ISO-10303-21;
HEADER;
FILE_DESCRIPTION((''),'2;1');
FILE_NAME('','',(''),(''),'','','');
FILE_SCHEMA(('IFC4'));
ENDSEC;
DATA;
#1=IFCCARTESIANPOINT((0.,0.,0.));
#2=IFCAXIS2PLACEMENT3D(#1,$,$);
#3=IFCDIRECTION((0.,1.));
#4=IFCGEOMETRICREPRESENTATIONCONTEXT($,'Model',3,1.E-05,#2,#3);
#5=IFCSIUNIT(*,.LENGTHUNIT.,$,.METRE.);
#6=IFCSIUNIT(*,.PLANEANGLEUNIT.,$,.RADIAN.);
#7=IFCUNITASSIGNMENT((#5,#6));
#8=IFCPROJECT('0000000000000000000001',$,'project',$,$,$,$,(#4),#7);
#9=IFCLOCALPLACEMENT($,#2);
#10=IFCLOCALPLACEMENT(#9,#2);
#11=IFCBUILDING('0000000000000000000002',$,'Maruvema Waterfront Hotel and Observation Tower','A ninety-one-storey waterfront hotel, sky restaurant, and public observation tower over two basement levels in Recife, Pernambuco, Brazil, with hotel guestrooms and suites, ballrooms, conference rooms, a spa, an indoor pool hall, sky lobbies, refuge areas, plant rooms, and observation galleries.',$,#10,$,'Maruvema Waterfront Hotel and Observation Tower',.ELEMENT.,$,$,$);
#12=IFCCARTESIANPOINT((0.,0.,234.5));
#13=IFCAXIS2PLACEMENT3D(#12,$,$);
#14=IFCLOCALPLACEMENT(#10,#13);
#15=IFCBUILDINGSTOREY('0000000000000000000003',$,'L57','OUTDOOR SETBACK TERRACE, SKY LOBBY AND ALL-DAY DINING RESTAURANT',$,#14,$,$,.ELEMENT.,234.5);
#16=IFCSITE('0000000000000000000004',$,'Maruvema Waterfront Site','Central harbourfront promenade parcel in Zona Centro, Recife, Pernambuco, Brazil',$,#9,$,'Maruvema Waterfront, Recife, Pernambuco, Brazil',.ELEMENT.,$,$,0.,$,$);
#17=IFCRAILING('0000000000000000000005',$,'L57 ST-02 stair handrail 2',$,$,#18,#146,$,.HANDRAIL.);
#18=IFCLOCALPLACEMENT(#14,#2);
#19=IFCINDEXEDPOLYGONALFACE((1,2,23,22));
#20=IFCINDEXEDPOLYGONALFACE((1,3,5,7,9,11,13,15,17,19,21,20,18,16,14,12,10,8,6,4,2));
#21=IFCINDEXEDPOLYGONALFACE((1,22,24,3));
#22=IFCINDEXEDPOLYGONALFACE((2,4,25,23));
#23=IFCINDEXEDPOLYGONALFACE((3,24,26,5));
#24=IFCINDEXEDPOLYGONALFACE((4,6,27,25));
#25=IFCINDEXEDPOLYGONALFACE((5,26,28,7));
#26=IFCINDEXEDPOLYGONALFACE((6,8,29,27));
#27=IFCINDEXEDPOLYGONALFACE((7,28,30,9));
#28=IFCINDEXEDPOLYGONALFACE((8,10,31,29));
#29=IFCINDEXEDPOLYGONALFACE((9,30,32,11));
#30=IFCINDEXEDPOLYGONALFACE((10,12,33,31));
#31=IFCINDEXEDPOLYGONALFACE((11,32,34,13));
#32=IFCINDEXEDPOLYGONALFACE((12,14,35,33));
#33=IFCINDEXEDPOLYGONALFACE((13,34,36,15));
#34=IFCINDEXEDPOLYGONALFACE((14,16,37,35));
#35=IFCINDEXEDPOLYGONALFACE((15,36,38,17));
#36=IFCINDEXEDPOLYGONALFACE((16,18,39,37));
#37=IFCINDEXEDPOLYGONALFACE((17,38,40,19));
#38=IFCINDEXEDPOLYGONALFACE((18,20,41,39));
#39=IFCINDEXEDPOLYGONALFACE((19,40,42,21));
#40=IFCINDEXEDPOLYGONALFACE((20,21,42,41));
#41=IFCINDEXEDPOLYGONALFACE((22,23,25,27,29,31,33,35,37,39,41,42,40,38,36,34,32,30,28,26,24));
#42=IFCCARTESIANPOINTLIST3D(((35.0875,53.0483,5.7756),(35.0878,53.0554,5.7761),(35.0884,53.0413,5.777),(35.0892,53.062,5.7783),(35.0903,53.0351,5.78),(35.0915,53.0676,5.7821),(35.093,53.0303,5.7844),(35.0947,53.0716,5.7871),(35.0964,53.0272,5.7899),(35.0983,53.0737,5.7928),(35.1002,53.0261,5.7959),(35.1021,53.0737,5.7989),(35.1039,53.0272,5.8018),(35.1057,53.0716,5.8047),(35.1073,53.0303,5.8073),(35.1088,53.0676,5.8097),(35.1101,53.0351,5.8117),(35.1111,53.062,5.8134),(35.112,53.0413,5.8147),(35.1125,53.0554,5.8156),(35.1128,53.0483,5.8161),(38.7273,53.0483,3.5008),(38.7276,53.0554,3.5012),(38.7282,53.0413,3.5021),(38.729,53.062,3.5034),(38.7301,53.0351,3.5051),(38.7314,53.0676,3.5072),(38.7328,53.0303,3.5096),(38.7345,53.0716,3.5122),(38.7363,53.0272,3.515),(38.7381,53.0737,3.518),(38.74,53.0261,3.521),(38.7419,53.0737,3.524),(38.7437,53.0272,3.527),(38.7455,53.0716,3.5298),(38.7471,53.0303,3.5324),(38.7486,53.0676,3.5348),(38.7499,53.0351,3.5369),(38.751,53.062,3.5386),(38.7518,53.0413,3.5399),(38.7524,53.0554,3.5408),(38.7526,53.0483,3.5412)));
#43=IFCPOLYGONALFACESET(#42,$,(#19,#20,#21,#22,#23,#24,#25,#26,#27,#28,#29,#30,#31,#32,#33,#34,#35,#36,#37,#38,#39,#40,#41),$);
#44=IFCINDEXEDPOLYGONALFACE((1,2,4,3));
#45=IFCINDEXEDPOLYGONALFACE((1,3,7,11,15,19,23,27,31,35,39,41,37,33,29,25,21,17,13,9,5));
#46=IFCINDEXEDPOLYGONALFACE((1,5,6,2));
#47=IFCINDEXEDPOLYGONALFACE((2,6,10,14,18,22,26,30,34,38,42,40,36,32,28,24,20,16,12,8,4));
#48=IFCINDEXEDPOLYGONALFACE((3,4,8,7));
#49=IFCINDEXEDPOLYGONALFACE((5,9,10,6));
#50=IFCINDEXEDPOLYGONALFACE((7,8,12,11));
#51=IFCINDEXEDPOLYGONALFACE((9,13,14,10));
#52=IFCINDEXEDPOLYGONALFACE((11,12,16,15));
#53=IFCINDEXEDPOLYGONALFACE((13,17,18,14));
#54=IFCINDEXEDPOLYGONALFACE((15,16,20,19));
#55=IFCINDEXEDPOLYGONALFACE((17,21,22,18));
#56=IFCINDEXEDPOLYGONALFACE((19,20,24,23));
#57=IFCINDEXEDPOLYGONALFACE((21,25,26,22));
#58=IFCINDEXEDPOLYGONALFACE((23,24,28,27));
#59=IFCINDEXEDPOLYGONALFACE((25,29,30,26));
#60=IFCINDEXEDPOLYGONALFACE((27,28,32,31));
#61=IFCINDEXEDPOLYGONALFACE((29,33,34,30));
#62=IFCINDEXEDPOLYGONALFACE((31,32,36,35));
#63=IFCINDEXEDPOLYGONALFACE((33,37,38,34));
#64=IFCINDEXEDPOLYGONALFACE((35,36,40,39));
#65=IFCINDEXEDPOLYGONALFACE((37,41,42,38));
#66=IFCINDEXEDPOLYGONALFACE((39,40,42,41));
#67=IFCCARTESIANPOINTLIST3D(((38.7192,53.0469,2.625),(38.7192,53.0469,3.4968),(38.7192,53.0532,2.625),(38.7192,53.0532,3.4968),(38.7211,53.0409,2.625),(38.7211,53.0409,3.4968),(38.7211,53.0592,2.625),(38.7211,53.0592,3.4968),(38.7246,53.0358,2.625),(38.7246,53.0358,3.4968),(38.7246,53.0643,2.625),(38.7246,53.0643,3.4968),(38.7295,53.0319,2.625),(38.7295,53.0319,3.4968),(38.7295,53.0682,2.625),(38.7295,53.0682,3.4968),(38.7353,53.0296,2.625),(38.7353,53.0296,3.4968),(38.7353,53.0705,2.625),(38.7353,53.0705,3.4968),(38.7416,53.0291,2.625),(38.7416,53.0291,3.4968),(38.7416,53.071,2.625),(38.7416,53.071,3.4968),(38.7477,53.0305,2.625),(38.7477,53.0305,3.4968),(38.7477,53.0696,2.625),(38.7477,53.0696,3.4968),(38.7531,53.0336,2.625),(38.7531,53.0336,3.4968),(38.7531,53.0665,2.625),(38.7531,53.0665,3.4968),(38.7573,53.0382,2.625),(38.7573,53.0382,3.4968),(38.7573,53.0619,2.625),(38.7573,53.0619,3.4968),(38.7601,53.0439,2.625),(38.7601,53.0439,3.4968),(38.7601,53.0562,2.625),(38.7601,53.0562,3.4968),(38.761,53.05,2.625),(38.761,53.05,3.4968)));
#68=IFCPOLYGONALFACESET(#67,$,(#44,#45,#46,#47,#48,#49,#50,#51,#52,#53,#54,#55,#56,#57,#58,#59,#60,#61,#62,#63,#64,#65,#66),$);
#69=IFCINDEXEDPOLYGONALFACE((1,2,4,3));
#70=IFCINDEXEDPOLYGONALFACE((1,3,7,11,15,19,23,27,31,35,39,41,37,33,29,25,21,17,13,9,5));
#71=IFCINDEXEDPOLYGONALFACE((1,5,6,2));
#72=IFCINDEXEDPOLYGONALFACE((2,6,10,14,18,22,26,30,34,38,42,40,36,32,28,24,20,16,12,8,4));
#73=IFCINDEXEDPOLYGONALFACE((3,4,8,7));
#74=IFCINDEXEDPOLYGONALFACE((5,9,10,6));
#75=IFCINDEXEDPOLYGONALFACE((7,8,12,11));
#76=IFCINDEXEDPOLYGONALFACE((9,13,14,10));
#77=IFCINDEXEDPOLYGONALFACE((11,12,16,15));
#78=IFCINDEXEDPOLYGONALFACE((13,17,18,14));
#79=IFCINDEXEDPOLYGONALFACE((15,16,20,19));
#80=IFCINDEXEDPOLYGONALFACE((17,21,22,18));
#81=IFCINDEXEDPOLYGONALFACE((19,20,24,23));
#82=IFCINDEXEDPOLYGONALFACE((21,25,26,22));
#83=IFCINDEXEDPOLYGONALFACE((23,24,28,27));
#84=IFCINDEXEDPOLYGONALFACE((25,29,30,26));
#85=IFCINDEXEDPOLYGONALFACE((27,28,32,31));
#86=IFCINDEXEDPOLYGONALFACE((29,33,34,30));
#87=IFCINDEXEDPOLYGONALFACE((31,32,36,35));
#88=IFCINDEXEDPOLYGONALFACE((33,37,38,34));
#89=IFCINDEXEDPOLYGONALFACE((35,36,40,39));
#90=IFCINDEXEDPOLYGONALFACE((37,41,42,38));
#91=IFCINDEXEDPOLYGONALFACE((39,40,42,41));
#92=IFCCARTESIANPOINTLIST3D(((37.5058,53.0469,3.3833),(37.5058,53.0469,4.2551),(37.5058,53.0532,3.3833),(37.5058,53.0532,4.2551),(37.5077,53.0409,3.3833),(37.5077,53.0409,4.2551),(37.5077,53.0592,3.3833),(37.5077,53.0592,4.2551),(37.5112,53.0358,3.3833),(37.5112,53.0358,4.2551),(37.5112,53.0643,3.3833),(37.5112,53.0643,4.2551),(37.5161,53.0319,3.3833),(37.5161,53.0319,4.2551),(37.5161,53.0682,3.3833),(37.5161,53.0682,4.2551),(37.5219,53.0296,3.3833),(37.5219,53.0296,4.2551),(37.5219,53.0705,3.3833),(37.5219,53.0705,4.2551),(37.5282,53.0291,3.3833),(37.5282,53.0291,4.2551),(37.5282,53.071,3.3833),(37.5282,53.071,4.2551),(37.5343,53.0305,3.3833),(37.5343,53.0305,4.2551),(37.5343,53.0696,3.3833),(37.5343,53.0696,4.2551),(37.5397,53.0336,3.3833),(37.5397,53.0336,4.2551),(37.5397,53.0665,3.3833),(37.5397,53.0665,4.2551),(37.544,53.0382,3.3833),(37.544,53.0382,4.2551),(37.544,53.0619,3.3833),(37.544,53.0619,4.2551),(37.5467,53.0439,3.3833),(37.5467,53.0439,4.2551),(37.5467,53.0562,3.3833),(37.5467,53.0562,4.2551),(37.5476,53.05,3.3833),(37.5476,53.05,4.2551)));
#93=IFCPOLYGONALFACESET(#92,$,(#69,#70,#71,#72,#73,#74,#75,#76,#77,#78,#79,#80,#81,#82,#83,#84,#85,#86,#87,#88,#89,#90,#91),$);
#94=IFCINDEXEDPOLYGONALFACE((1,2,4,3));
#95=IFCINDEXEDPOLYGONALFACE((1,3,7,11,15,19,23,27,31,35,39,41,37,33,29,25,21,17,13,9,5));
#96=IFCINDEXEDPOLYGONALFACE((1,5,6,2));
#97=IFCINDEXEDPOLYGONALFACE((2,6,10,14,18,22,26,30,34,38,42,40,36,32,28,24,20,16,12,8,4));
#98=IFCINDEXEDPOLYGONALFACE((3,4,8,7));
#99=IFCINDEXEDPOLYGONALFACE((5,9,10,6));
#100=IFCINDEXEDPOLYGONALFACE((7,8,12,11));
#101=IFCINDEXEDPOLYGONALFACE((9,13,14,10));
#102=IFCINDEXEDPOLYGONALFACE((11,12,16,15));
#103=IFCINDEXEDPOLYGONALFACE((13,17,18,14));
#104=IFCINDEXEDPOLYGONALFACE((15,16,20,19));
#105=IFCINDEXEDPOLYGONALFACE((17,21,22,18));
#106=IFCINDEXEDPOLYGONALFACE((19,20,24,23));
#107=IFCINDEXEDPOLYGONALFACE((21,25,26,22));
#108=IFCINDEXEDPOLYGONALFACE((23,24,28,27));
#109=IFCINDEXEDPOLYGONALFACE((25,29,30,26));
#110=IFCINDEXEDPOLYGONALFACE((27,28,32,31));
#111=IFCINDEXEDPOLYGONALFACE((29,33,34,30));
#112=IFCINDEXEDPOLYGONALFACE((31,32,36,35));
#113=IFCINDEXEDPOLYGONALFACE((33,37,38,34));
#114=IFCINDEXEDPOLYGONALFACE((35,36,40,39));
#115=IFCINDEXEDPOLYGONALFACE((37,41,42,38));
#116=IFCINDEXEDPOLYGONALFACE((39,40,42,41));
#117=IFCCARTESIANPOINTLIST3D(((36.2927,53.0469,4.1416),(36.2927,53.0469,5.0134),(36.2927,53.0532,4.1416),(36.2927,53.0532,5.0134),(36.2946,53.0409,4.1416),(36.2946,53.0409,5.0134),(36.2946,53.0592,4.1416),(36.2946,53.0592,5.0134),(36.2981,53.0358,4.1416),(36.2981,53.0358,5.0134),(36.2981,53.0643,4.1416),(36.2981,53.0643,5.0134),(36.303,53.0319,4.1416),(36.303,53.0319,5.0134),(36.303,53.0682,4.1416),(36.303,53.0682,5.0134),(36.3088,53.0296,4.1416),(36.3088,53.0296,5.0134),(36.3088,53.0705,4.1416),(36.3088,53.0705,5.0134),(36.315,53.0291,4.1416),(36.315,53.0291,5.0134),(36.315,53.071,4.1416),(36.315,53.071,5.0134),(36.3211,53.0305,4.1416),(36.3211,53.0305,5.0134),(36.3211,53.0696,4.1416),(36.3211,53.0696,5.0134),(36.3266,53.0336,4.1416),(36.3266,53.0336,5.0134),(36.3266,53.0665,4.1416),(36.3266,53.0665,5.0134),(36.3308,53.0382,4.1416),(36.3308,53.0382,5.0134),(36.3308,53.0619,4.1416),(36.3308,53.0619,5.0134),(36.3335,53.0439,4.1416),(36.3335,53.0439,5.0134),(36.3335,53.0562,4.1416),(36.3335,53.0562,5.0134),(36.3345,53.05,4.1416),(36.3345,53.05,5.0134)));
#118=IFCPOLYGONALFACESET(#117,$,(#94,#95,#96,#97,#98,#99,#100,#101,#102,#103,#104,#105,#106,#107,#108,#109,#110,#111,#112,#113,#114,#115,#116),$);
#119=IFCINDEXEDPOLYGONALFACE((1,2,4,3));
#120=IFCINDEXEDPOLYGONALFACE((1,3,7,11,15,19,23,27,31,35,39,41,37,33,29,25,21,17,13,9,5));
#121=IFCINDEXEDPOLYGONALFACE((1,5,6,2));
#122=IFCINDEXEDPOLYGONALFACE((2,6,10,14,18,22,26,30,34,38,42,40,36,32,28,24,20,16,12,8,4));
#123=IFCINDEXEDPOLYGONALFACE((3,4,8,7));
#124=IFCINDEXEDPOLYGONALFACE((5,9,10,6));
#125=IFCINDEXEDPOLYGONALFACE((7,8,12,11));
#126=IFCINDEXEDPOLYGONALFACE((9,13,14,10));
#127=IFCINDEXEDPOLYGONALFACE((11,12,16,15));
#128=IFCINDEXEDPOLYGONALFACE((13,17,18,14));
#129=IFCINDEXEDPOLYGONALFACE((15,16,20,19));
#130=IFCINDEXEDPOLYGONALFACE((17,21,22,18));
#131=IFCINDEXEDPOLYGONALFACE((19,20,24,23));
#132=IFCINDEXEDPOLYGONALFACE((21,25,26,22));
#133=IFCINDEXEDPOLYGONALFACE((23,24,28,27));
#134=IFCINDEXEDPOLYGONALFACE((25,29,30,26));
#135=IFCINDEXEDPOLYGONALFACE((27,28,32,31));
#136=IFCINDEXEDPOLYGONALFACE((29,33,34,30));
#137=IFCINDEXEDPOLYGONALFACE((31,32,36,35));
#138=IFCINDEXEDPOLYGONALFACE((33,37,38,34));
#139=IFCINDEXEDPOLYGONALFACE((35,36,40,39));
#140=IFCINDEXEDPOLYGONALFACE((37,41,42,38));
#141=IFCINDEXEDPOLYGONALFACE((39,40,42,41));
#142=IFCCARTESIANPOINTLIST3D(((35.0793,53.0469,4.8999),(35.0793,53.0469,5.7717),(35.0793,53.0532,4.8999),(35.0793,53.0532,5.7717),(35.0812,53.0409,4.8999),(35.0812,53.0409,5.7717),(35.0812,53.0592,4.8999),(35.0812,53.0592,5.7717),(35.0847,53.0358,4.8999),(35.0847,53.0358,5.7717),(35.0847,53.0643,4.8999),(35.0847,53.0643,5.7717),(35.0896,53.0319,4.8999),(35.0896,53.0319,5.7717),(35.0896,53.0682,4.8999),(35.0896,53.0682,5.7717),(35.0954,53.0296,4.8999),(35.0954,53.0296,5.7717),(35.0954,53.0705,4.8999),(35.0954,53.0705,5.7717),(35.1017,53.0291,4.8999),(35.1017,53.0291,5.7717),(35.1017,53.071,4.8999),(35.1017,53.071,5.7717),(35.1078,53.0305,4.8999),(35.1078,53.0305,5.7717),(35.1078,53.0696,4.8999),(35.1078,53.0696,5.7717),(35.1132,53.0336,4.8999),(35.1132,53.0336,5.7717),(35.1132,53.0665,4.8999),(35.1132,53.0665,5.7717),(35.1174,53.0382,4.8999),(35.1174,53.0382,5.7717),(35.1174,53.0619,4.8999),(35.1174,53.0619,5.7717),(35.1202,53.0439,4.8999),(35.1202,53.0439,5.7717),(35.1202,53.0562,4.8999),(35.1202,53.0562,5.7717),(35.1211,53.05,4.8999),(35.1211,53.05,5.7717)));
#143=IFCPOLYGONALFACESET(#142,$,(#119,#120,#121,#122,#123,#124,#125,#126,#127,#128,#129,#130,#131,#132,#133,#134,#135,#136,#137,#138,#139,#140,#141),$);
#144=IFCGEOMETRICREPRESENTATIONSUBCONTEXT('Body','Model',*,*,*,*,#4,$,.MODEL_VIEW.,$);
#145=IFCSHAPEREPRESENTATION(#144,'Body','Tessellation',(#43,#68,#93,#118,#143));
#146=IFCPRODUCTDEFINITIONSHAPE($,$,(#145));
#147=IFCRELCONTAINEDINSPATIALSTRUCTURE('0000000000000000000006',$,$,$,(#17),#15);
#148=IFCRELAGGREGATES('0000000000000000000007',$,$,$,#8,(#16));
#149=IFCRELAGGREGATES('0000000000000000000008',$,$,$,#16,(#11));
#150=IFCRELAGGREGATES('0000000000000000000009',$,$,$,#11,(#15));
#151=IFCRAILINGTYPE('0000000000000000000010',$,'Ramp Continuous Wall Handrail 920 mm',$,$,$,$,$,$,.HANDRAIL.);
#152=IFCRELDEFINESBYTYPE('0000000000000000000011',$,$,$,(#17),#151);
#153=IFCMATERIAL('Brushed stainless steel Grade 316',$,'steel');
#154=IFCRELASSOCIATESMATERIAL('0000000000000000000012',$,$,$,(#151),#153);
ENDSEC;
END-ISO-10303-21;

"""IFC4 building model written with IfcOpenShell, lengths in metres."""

from ifc_helpers import new_model, si_unit, direction, frame, origin, origin_2d, place, context, subcontext, project, spatial, circle, extrude, material, type_object, element, save


model = new_model("IFC4")

# Units and contexts
model_context = context("Model", 3, precision=1e-05, world=origin(), true_north=direction((0.0, 1.0)))
body_context = subcontext(model_context, "Body", "Model", "MODEL_VIEW")
ifc_project = project(units=[si_unit("LENGTHUNIT", "METRE"), si_unit("PLANEANGLEUNIT", "RADIAN")], contexts=[model_context])

# Site, building, storey
site_placement = place(None, origin())
site = spatial("IfcSite", under=ifc_project, at=site_placement, Name="Maruvema Waterfront Site", Description="Central harbourfront promenade parcel in Zona Centro, Recife, Pernambuco, Brazil", LongName="Maruvema Waterfront, Recife, Pernambuco, Brazil", CompositionType="ELEMENT", RefElevation=0.0)
building_placement = place(site_placement, origin())
building = spatial("IfcBuilding", under=site, at=building_placement, Name="Maruvema Waterfront Hotel and Observation Tower", Description="A ninety-one-storey waterfront hotel, sky restaurant, and public observation tower over two basement levels in Recife, Pernambuco, Brazil, with hotel guestrooms and suites, ballrooms, conference rooms, a spa, an indoor pool hall, sky lobbies, refuge areas, plant rooms, and observation galleries.", LongName="Maruvema Waterfront Hotel and Observation Tower", CompositionType="ELEMENT")
storey_placement = place(building_placement, frame((0.0, 0.0, 234.5)))
storey = spatial("IfcBuildingStorey", under=building, at=storey_placement, Name="L57", Description="OUTDOOR SETBACK TERRACE, SKY LOBBY AND ALL-DAY DINING RESTAURANT", CompositionType="ELEMENT", Elevation=234.5)

# Railing
ifc_material_1 = material(Name="Brushed stainless steel Grade 316", Category="steel")
railing_type_1 = type_object("IfcRailingType", Name="Ramp Continuous Wall Handrail 920 mm", PredefinedType="HANDRAIL", material=ifc_material_1)
railing_1_placement = place(storey_placement, frame((38.74, 53.05, 2.625)))
element("IfcRailing", 1, at=railing_1_placement, inside=storey, type_object=railing_type_1, Name="L57 ST-02 stair handrail 2", PredefinedType="HANDRAIL", context=body_context, shape_type="SweptSolid", body=[
    extrude(circle(Radius=0.0239, at=origin_2d()), frame((0.0, 0.0, 0.896), z_axis=(-0.848001, 0.0, 0.529994), x_axis=(0.0, -1.0, 0.0)), (0.0, 0.0, 1.0), 4.2922),
    extrude(circle(Radius=0.021, at=origin_2d()), origin(), (0.0, 0.0, 1.0), 0.8718),
    extrude(circle(Radius=0.021, at=origin_2d()), frame((-1.2134, 0.0, 0.7583)), (0.0, 0.0, 1.0), 0.8718),
    extrude(circle(Radius=0.021, at=origin_2d()), frame((-2.4265, 0.0, 1.5166)), (0.0, 0.0, 1.0), 0.8718),
    extrude(circle(Radius=0.021, at=origin_2d()), frame((-3.6399, 0.0, 2.2749)), (0.0, 0.0, 1.0), 0.8718),
])

save(model, "model.ifc")
